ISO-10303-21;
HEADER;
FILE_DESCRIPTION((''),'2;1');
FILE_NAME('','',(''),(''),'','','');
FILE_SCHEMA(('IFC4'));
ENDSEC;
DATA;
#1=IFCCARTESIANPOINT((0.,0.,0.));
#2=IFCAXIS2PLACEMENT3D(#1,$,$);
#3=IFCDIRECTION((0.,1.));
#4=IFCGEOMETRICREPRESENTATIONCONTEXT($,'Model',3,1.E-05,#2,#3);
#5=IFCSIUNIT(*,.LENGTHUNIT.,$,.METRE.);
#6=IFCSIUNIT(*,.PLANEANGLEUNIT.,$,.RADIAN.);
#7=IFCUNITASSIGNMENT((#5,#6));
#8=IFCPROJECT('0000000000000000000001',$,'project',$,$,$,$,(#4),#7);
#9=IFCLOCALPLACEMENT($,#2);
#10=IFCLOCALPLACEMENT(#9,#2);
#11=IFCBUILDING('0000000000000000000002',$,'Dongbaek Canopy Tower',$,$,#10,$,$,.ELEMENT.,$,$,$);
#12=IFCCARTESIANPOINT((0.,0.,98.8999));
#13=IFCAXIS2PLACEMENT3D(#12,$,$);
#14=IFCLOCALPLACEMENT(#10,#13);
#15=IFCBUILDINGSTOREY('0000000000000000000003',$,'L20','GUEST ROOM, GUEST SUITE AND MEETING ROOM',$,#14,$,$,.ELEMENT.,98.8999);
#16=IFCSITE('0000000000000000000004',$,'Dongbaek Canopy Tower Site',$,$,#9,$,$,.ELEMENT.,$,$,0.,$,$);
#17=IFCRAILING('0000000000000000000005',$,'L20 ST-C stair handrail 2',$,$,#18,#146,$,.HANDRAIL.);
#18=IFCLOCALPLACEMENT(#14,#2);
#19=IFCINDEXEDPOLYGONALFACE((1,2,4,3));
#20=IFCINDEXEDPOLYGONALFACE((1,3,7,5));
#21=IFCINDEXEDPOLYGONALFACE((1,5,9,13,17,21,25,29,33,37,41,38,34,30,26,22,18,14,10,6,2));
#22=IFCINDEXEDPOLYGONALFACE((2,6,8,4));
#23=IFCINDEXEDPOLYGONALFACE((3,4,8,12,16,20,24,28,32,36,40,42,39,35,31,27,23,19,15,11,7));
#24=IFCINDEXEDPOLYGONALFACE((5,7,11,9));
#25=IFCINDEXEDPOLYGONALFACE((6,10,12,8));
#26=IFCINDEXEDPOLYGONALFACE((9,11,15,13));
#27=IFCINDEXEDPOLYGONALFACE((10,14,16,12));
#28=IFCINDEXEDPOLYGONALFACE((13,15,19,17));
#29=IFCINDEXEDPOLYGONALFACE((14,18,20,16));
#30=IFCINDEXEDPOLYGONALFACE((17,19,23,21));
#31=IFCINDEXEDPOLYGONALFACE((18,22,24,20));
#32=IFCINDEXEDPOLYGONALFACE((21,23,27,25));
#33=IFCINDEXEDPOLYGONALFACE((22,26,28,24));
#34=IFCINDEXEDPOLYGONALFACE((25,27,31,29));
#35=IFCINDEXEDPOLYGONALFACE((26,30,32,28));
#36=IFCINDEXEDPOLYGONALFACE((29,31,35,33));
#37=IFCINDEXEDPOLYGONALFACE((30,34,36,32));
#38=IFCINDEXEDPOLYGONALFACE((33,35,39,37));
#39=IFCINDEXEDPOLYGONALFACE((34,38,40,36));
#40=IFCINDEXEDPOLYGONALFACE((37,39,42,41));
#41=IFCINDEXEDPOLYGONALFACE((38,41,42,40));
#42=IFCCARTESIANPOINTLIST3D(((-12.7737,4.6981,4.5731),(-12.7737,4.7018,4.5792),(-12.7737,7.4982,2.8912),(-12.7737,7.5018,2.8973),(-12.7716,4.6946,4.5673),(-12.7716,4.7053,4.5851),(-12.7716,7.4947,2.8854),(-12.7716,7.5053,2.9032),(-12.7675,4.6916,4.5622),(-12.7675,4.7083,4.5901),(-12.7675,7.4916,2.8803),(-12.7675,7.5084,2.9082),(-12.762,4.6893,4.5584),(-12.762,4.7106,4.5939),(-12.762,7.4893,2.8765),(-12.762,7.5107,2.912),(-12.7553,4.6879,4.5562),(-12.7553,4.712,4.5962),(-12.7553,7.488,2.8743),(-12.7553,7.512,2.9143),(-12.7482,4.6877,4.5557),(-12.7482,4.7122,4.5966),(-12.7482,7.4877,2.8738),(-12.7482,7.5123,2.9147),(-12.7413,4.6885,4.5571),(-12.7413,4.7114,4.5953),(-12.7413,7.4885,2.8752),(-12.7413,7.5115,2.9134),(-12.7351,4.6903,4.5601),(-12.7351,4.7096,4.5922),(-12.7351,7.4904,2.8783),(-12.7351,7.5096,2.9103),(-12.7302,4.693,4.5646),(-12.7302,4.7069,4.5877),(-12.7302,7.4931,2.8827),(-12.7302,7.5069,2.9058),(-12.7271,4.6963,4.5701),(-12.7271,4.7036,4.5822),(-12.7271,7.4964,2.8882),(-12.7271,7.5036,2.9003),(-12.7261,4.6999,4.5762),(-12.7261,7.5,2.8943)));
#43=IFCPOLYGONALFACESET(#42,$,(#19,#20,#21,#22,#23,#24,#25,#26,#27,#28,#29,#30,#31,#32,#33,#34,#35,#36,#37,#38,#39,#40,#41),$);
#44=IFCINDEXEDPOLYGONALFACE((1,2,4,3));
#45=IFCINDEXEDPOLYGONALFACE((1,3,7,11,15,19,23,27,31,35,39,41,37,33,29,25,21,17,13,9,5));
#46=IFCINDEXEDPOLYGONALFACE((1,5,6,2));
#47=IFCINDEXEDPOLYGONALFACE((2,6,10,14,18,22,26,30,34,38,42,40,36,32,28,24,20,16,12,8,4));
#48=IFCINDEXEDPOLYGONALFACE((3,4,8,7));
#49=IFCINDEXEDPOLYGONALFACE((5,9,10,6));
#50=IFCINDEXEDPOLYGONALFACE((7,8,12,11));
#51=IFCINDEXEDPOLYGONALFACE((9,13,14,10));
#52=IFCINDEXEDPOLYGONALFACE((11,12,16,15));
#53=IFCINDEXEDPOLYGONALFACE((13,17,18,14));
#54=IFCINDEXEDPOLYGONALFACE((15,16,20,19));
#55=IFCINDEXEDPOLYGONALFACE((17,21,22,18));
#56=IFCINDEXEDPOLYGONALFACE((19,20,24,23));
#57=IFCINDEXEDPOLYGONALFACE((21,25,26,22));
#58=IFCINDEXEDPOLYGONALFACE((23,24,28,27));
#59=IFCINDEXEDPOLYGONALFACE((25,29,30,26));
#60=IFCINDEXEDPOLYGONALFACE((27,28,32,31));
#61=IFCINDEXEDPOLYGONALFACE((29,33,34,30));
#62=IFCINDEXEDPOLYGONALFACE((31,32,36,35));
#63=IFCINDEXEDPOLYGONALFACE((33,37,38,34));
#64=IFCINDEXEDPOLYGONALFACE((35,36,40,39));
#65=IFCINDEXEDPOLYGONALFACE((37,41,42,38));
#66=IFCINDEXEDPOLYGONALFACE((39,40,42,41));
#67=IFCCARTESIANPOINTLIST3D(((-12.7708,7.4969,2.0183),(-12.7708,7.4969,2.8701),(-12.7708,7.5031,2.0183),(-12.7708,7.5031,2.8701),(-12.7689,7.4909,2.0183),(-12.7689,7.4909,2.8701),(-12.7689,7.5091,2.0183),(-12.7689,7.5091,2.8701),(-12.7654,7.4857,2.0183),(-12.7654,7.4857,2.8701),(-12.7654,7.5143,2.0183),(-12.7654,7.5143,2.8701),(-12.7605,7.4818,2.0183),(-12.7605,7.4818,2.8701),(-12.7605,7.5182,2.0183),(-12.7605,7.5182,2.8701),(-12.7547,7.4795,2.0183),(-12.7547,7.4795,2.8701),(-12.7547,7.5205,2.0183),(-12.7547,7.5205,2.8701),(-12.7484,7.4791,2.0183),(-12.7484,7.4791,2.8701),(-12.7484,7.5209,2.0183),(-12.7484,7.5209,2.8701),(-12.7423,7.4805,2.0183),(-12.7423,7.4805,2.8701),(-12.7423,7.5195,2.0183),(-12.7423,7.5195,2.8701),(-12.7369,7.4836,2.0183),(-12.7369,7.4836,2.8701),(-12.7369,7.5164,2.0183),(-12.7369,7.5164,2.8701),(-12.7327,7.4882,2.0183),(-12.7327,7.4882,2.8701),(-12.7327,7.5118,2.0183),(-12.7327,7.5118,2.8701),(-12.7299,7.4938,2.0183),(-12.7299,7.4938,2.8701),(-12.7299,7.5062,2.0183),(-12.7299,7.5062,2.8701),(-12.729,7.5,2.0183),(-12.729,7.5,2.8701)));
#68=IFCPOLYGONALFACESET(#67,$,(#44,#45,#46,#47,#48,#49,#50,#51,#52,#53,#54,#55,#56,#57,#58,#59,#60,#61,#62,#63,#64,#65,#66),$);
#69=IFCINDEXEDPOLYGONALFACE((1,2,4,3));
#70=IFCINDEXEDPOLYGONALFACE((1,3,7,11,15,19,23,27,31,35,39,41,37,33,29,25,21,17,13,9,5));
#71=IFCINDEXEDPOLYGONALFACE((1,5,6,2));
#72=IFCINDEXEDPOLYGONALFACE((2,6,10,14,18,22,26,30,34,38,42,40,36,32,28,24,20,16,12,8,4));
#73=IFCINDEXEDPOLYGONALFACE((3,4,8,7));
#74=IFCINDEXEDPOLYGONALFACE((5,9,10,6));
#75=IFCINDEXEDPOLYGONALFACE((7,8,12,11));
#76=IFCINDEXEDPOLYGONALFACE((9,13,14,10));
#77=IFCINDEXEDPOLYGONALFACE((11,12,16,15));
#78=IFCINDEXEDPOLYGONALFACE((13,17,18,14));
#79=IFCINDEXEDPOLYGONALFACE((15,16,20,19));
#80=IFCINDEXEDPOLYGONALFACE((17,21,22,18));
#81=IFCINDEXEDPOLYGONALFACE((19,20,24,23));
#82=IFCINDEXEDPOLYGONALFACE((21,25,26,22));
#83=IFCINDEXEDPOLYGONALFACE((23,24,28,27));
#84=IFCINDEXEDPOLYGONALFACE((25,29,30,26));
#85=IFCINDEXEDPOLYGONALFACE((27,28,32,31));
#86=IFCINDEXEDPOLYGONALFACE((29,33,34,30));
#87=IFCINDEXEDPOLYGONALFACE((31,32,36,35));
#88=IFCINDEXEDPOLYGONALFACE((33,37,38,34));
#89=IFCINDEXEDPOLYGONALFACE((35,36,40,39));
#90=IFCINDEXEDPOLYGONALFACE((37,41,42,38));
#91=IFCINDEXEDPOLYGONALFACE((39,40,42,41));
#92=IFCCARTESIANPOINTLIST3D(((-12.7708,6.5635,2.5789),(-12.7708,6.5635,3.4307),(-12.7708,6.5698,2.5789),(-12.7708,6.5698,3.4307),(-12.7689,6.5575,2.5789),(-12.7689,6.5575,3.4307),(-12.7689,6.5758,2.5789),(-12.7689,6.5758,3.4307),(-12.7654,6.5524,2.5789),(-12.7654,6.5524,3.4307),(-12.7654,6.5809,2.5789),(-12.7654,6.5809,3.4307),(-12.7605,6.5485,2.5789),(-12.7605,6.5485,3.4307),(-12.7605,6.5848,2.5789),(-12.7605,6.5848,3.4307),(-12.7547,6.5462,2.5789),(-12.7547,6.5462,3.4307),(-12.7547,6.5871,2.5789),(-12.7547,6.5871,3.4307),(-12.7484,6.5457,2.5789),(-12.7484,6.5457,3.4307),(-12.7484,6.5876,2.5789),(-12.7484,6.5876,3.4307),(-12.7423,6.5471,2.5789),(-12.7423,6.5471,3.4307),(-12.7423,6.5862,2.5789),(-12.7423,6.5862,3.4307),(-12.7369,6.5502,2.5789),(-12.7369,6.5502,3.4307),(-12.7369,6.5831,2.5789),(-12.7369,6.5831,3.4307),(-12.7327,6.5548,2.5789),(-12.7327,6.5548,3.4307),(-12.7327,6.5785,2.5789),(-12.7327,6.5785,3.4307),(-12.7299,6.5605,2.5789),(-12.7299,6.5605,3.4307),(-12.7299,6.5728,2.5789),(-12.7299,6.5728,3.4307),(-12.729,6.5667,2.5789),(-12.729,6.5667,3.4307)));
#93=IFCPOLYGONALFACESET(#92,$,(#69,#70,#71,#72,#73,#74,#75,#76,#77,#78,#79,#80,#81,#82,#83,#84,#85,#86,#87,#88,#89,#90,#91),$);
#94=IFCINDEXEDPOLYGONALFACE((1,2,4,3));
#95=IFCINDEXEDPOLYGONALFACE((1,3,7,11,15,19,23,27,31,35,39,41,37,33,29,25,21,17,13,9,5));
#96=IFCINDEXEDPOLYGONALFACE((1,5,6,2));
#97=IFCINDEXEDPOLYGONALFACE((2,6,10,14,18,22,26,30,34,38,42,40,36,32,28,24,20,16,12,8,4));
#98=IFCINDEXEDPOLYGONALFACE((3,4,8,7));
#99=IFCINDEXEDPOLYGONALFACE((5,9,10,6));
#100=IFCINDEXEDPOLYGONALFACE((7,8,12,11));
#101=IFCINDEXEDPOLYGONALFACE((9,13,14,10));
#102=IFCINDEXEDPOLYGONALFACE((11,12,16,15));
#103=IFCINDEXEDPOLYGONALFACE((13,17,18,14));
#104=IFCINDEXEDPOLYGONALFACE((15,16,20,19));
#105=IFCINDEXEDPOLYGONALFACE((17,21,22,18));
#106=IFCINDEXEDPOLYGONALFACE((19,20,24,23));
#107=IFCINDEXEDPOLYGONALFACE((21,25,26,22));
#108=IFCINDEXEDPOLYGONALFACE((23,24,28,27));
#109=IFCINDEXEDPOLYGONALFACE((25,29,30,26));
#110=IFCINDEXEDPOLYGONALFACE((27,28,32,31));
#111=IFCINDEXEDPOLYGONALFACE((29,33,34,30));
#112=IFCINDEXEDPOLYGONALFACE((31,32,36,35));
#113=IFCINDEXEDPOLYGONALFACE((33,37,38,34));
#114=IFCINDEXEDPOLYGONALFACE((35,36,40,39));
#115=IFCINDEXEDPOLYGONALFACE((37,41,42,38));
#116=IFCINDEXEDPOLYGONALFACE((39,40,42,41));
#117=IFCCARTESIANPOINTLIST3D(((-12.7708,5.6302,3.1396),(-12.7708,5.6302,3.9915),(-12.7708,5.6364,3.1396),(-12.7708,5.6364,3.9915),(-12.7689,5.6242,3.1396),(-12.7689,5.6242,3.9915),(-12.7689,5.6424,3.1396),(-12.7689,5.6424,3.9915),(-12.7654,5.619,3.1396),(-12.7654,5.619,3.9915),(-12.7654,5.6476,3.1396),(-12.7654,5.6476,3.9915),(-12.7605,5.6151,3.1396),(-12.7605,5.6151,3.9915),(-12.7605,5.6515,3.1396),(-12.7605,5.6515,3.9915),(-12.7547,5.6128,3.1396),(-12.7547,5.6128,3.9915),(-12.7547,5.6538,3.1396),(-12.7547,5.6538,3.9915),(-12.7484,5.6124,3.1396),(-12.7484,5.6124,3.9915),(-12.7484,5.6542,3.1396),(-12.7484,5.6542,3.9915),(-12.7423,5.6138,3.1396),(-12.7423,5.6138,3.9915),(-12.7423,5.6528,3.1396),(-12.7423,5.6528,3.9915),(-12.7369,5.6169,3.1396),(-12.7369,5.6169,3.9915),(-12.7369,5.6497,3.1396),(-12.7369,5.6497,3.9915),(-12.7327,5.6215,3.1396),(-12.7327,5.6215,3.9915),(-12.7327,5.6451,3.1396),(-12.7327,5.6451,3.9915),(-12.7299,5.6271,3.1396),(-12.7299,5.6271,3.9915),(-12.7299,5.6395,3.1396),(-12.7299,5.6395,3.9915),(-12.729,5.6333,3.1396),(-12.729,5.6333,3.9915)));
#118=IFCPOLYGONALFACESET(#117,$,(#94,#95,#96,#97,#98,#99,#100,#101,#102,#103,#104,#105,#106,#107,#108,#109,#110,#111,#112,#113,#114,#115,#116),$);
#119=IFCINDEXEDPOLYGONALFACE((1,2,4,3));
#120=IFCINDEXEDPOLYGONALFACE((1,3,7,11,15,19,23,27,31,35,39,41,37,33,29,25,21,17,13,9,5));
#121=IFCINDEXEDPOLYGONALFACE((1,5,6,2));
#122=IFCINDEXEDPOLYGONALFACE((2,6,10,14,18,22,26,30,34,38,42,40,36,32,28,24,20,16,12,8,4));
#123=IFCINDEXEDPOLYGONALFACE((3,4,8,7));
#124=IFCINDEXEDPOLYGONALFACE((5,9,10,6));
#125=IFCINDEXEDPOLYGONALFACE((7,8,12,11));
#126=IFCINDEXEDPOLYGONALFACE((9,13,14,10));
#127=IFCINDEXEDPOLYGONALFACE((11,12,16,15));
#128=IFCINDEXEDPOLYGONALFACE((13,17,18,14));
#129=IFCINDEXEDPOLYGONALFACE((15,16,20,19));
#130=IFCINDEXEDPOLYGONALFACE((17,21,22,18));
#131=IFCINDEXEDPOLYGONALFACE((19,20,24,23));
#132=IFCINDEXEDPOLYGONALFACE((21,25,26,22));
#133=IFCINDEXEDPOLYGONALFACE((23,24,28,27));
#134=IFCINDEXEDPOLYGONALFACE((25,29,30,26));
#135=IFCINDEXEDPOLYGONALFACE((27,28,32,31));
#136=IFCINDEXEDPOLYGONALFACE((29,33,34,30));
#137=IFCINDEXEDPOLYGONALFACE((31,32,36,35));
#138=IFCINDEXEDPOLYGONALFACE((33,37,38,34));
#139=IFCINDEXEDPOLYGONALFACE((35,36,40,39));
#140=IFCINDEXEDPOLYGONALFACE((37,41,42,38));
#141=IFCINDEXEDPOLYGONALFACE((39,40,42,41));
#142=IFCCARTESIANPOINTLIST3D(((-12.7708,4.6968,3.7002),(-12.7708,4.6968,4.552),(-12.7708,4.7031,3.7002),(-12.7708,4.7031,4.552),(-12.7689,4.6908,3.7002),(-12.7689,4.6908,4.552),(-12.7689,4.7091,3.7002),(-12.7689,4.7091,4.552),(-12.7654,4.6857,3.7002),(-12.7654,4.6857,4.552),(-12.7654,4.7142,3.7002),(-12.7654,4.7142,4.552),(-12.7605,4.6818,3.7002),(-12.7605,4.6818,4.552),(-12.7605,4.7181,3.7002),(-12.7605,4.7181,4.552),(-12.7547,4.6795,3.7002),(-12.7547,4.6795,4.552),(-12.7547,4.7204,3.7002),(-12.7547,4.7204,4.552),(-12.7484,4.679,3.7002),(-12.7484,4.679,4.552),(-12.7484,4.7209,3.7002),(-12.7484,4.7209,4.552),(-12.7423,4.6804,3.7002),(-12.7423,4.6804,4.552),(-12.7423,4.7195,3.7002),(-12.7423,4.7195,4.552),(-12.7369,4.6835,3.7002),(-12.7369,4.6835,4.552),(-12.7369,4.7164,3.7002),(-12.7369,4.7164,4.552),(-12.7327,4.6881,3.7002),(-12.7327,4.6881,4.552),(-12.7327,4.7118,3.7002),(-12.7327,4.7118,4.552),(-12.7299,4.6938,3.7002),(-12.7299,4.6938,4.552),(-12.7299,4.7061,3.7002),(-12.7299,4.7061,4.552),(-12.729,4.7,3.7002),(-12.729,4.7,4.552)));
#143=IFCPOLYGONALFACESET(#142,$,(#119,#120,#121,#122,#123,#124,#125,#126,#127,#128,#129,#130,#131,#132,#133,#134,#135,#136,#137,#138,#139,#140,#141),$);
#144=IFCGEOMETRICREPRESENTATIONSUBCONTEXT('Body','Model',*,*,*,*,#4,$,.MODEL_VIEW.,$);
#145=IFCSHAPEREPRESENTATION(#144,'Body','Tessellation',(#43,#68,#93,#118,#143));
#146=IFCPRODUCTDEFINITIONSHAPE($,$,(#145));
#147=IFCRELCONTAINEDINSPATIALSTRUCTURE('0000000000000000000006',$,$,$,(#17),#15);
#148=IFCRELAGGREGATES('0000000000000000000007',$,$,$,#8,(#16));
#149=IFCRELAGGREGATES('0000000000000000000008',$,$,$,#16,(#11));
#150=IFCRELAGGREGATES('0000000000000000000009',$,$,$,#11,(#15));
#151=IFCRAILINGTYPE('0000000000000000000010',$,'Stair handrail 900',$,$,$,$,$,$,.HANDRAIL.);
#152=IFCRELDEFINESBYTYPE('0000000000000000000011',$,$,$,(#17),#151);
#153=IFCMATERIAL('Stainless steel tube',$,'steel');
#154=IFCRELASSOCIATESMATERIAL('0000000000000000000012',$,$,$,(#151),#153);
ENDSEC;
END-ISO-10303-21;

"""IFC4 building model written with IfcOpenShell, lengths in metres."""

from ifc_helpers import new_model, si_unit, direction, frame, origin, origin_2d, place, context, subcontext, project, spatial, circle, extrude, material, type_object, element, save


model = new_model("IFC4")

# Units and contexts
model_context = context("Model", 3, precision=1e-05, world=origin(), true_north=direction((0.0, 1.0)))
body_context = subcontext(model_context, "Body", "Model", "MODEL_VIEW")
ifc_project = project(units=[si_unit("LENGTHUNIT", "METRE"), si_unit("PLANEANGLEUNIT", "RADIAN")], contexts=[model_context])

# Site, building, storey
site_placement = place(None, origin())
site = spatial("IfcSite", under=ifc_project, at=site_placement, Name="Dongbaek Canopy Tower Site", CompositionType="ELEMENT", RefElevation=0.0)
building_placement = place(site_placement, origin())
building = spatial("IfcBuilding", under=site, at=building_placement, Name="Dongbaek Canopy Tower", CompositionType="ELEMENT")
storey_placement = place(building_placement, frame((0.0, 0.0, 98.8999)))
storey = spatial("IfcBuildingStorey", under=building, at=storey_placement, Name="L20", Description="GUEST ROOM, GUEST SUITE AND MEETING ROOM", CompositionType="ELEMENT", Elevation=98.8999)

# Railing
ifc_material_1 = material(Name="Stainless steel tube", Category="steel")
railing_type_1 = type_object("IfcRailingType", Name="Stair handrail 900", PredefinedType="HANDRAIL", material=ifc_material_1)
railing_1_placement = place(storey_placement, frame((-12.75, 7.5, 2.0183)))
element("IfcRailing", 1, at=railing_1_placement, inside=storey, type_object=railing_type_1, Name="L20 ST-C stair handrail 2", PredefinedType="HANDRAIL", context=body_context, shape_type="SweptSolid", body=[
    extrude(circle(Radius=0.0239, at=origin_2d()), frame((0.0, 0.0, 0.876), z_axis=(0.0, -0.857242, 0.514913), x_axis=(1.0, 0.0, 0.0)), (0.0, 0.0, 1.0), 3.2664),
    extrude(circle(Radius=0.021, at=origin_2d()), origin(), (0.0, 0.0, 1.0), 0.8518),
    extrude(circle(Radius=0.021, at=origin_2d()), frame((0.0, -0.9333, 0.5605)), (0.0, 0.0, 1.0), 0.8518),
    extrude(circle(Radius=0.021, at=origin_2d()), frame((0.0, -1.8667, 1.1213)), (0.0, 0.0, 1.0), 0.8518),
    extrude(circle(Radius=0.021, at=origin_2d()), frame((0.0, -2.8, 1.6819)), (0.0, 0.0, 1.0), 0.8518),
])

save(model, "model.ifc")
